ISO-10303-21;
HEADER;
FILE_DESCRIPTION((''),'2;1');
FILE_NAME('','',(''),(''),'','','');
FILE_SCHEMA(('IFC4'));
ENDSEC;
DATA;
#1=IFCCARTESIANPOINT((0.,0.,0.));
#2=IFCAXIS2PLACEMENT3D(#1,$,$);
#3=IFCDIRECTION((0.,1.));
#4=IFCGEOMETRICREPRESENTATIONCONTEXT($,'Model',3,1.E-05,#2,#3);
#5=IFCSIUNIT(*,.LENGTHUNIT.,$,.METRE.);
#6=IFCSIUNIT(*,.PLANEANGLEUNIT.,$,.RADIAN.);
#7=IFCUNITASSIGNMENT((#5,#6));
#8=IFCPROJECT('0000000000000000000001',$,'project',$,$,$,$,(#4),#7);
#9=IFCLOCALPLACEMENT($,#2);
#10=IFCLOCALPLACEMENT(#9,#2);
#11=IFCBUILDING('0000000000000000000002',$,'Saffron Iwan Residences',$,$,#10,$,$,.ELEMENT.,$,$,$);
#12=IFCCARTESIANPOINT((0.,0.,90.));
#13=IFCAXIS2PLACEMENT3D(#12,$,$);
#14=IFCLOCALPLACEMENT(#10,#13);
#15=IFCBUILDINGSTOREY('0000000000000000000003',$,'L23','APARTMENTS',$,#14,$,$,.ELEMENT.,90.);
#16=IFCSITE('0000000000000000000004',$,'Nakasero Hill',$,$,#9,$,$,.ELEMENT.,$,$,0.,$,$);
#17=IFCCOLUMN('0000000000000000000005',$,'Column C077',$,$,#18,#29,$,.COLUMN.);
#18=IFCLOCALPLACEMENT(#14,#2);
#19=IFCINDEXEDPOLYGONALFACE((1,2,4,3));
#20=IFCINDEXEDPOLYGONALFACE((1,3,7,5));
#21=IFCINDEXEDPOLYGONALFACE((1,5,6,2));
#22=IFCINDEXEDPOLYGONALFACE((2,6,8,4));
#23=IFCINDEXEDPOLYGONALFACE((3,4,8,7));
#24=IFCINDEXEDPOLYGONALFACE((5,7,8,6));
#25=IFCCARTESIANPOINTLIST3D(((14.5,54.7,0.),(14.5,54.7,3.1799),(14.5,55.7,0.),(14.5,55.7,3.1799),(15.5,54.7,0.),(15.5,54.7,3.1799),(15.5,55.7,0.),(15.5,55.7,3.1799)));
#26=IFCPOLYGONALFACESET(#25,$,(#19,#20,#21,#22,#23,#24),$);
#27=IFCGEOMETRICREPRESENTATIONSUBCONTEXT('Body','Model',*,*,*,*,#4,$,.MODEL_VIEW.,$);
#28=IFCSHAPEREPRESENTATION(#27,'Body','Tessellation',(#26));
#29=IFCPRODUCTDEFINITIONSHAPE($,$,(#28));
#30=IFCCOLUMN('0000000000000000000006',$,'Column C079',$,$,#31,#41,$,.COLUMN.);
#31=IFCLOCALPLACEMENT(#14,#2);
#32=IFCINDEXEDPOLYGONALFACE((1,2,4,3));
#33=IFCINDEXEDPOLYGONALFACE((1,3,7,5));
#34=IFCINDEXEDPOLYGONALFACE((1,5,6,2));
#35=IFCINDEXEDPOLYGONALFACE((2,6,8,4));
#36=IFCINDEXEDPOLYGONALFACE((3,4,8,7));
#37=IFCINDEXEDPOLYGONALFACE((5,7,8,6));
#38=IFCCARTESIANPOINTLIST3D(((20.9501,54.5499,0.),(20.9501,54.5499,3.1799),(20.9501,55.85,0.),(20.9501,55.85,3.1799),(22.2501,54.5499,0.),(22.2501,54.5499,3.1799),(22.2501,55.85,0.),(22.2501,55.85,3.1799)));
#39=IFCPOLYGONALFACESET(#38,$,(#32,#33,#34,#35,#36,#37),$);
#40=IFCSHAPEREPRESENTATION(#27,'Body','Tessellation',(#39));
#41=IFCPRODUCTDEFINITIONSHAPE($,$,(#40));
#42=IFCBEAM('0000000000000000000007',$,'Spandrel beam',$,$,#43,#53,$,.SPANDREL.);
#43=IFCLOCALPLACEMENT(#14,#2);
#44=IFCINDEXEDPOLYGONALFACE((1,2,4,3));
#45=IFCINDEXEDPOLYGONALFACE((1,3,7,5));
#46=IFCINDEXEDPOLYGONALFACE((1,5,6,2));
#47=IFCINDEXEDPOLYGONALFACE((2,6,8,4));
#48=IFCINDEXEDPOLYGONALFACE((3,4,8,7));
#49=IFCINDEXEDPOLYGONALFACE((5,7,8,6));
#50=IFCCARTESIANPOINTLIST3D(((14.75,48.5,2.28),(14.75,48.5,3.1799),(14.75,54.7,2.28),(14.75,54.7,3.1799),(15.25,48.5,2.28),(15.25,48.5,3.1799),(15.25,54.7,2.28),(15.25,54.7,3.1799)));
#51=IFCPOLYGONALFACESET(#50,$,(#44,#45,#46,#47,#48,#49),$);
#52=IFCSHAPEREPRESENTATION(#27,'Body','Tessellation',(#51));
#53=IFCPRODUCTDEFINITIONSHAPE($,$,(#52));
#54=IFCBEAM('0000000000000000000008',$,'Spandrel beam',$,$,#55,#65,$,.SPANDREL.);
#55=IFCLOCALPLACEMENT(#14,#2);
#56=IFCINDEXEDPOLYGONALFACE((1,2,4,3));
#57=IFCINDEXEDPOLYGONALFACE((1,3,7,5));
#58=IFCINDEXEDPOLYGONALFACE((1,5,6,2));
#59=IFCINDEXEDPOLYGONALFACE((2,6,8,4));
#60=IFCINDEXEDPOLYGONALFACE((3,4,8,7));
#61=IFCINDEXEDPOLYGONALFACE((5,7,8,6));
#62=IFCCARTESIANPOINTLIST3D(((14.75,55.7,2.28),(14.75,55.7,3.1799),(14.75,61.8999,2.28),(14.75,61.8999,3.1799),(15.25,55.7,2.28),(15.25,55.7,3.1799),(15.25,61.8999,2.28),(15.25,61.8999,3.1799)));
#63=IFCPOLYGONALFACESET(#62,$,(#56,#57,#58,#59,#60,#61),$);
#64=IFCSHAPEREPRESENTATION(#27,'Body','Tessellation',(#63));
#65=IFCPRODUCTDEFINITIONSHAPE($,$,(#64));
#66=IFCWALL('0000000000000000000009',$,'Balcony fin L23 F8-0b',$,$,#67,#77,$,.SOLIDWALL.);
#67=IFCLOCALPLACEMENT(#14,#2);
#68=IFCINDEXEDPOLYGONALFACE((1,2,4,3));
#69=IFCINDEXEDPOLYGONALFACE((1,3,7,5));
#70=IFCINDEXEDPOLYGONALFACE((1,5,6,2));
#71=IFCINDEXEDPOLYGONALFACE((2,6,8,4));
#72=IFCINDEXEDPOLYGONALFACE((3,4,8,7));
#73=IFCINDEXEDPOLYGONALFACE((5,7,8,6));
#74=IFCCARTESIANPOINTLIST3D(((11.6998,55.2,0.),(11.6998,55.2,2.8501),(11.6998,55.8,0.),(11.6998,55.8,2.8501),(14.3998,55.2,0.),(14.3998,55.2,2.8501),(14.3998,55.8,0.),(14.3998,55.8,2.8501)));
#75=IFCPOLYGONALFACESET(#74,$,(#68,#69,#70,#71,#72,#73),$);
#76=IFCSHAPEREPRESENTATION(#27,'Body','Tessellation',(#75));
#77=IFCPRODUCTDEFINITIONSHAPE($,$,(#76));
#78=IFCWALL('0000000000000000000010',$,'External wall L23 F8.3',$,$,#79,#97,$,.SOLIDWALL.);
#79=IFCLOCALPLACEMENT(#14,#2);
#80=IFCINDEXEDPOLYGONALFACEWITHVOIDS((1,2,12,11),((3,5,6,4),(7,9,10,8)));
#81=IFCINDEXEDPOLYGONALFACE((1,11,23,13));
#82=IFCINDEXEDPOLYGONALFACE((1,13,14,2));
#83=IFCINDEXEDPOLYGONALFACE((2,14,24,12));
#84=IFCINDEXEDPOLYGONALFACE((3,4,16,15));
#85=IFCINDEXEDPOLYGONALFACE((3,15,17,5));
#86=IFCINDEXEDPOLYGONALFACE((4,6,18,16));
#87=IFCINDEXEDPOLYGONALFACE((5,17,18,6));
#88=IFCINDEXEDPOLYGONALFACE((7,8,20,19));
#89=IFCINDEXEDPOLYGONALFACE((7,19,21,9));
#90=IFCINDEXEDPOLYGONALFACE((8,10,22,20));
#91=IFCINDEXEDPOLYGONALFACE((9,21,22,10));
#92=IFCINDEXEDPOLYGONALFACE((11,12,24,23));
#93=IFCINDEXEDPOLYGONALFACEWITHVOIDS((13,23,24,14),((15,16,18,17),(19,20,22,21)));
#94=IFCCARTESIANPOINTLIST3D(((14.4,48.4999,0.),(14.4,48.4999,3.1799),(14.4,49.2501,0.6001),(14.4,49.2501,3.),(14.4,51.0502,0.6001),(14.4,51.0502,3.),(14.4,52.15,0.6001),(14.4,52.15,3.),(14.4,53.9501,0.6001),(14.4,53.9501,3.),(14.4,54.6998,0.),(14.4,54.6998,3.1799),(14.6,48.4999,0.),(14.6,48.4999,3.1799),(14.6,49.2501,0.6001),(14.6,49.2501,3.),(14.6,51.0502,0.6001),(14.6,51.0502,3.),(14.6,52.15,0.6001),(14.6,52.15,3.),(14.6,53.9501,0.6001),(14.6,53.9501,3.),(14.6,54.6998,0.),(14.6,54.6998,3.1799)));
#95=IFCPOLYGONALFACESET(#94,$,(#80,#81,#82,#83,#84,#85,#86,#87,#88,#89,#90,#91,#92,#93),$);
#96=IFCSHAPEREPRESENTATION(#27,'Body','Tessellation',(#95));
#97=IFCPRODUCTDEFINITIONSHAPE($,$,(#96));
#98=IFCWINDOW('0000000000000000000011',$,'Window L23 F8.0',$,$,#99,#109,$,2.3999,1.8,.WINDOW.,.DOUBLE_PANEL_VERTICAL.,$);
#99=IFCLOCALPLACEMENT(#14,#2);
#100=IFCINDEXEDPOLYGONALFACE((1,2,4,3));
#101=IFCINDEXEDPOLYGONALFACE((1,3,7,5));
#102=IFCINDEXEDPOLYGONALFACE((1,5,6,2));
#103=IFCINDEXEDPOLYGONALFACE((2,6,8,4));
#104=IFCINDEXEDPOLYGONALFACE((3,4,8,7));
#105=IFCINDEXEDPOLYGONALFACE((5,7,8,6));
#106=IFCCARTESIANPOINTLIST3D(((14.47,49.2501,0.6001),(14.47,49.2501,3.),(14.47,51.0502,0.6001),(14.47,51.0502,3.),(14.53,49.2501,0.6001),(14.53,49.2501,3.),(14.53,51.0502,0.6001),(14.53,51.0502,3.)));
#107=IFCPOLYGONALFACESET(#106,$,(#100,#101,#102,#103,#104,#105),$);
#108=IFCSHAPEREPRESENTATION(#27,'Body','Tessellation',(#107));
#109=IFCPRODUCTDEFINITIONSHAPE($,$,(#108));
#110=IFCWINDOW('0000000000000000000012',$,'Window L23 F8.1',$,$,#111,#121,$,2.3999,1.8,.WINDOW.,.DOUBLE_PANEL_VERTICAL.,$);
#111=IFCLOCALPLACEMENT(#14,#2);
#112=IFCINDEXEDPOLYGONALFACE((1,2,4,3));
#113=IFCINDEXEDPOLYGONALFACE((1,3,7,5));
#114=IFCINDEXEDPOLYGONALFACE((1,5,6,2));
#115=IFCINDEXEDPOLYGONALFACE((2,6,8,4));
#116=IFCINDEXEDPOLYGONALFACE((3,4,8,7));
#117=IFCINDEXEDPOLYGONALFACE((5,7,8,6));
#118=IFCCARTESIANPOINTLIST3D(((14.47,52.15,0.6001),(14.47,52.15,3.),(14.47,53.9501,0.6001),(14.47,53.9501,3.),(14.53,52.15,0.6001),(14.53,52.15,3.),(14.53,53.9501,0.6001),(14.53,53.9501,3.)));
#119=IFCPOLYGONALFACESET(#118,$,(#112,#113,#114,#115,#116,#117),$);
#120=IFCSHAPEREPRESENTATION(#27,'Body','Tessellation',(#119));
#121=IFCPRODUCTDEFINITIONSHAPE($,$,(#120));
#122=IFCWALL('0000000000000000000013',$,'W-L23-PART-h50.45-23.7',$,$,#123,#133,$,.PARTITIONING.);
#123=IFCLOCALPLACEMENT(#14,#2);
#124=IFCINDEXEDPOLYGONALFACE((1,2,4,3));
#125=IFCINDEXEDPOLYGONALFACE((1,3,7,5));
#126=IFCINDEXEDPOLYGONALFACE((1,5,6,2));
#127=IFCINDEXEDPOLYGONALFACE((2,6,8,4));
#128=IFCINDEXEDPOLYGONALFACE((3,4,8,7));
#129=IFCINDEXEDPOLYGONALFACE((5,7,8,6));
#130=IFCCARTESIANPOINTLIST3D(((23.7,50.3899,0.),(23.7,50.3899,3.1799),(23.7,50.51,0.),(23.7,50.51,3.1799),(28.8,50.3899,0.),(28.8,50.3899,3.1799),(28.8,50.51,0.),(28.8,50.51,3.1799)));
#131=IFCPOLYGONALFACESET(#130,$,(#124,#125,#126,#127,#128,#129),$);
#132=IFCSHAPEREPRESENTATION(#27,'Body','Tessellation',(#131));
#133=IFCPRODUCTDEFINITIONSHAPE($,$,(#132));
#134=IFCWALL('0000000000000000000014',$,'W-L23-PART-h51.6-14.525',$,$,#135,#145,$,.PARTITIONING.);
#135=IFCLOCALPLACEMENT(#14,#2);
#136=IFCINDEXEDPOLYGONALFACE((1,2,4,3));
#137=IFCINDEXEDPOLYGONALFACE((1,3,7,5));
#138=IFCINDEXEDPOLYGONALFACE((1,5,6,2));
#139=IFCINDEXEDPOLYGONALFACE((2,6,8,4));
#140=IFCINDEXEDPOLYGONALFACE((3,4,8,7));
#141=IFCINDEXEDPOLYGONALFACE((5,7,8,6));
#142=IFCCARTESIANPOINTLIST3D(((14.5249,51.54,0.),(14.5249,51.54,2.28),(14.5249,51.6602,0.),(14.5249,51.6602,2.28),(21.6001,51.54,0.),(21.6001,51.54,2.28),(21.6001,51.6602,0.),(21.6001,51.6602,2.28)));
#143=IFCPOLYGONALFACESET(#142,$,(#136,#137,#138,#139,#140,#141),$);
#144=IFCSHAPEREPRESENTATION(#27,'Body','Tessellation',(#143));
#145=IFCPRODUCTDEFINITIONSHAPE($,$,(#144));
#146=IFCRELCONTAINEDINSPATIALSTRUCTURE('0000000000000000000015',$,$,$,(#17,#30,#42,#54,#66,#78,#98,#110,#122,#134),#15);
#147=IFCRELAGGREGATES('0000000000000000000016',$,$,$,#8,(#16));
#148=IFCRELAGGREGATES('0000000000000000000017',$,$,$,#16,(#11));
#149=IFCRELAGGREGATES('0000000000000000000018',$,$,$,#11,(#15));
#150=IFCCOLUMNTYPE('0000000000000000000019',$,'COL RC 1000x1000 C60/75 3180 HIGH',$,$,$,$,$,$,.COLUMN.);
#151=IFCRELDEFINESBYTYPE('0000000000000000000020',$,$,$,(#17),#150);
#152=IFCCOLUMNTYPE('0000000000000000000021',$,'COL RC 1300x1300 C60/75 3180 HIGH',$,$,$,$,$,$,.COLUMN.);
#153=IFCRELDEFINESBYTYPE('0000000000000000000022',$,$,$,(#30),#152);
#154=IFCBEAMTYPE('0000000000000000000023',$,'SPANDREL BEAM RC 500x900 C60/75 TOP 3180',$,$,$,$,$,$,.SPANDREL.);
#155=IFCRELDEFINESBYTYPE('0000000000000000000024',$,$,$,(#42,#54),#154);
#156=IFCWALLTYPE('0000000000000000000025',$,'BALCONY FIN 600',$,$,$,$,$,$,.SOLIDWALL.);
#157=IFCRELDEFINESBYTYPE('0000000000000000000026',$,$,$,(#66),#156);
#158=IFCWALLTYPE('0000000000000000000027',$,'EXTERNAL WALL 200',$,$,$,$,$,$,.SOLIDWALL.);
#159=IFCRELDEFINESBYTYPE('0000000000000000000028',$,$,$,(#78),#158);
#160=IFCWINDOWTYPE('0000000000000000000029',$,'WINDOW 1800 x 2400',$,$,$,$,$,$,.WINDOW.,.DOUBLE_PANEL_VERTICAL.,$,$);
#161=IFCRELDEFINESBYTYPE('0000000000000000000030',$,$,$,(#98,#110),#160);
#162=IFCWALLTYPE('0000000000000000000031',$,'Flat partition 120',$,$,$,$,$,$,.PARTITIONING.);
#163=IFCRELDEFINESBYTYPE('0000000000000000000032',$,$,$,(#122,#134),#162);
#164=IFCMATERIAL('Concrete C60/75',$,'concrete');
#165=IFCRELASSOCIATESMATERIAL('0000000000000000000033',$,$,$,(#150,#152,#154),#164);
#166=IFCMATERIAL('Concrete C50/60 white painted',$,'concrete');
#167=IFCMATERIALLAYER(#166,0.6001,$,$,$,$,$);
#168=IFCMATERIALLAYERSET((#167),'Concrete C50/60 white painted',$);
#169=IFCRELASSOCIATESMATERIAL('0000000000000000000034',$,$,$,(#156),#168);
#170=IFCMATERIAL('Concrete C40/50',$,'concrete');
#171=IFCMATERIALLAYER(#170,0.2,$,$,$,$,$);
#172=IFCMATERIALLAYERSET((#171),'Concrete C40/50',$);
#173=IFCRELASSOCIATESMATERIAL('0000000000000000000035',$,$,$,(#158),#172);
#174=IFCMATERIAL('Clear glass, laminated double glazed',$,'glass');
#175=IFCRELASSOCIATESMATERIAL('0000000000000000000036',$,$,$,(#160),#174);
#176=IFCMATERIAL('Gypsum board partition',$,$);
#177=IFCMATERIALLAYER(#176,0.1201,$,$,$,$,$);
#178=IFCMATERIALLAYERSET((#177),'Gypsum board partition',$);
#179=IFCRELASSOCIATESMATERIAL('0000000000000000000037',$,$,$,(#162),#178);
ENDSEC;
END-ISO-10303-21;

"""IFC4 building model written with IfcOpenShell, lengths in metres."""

from ifc_helpers import new_model, si_unit, direction, frame, frame_2d, origin, origin_2d, place, context, subcontext, project, spatial, rectangle, extrude, source, transform, mapped, material, layer, layer_set, material_profile, profile_set, type_object, element, fill, save


model = new_model("IFC4")

# Units and contexts
model_context = context("Model", 3, precision=1e-05, world=origin(), true_north=direction((0.0, 1.0)))
body_context = subcontext(model_context, "Body", "Model", "MODEL_VIEW")
ifc_project = project(units=[si_unit("LENGTHUNIT", "METRE"), si_unit("PLANEANGLEUNIT", "RADIAN")], contexts=[model_context])

# Site, building, storey
site_placement = place(None, origin())
site = spatial("IfcSite", under=ifc_project, at=site_placement, Name="Nakasero Hill", CompositionType="ELEMENT", RefElevation=0.0)
building_placement = place(site_placement, origin())
building = spatial("IfcBuilding", under=site, at=building_placement, Name="Saffron Iwan Residences", CompositionType="ELEMENT")
storey_placement = place(building_placement, frame((0.0, 0.0, 90.0)))
storey = spatial("IfcBuildingStorey", under=building, at=storey_placement, Name="L23", Description="APARTMENTS", CompositionType="ELEMENT", Elevation=90.0)

# Columns
ifc_material_1 = material(Name="Concrete C60/75", Category="concrete")
ifc_material_profile_1 = material_profile(ifc_material_1, rectangle(XDim=1.0, YDim=1.0, at=origin_2d()), Name="RC 1000x1000")
ifc_profile_set_1 = profile_set([ifc_material_profile_1], Name="Concrete C60/75")
column_type_1 = type_object("IfcColumnType", Name="COL RC 1000x1000 C60/75 3180 HIGH", PredefinedType="COLUMN", material=ifc_profile_set_1)
shared_shape_1 = source(origin(), body_context, "Body", "SweptSolid", [
    extrude(rectangle(XDim=1.0, YDim=1.0, at=origin_2d()), origin(), (0.0, 0.0, 1.0), 3.1799),
])
column_1_placement = place(storey_placement, frame((15.0, 55.2, 0.0), z_axis=(0.0, 0.0, 1.0), x_axis=(1.0, 0.0, 0.0)))
element("IfcColumn", 1, at=column_1_placement, inside=storey, type_object=column_type_1, Name="Column C077", PredefinedType="COLUMN", context=body_context, shape_type="MappedRepresentation", body=[
    mapped(shared_shape_1, transform((0.0, 0.0, 0.0))),
])
ifc_material_profile_2 = material_profile(ifc_material_1, rectangle(XDim=1.3, YDim=1.3, at=origin_2d()), Name="RC 1300x1300")
ifc_profile_set_2 = profile_set([ifc_material_profile_2], Name="Concrete C60/75")
column_type_2 = type_object("IfcColumnType", Name="COL RC 1300x1300 C60/75 3180 HIGH", PredefinedType="COLUMN", material=ifc_profile_set_2)
shared_shape_2 = source(origin(), body_context, "Body", "SweptSolid", [
    extrude(rectangle(XDim=1.3, YDim=1.3, at=origin_2d()), origin(), (0.0, 0.0, 1.0), 3.1799),
])
column_2_placement = place(storey_placement, frame((21.6001, 55.2, 0.0), z_axis=(0.0, 0.0, 1.0), x_axis=(1.0, 0.0, 0.0)))
element("IfcColumn", 2, at=column_2_placement, inside=storey, type_object=column_type_2, Name="Column C079", PredefinedType="COLUMN", context=body_context, shape_type="MappedRepresentation", body=[
    mapped(shared_shape_2, transform((0.0, 0.0, 0.0))),
])

# Beams
ifc_material_profile_3 = material_profile(ifc_material_1, rectangle(XDim=0.5, YDim=0.8999, at=origin_2d()), Name="RC 500x900")
ifc_profile_set_3 = profile_set([ifc_material_profile_3], Name="Concrete C60/75")
beam_type = type_object("IfcBeamType", Name="SPANDREL BEAM RC 500x900 C60/75 TOP 3180", PredefinedType="SPANDREL", material=ifc_profile_set_3)
shared_shape_3 = source(origin(), body_context, "Body", "SweptSolid", [
    extrude(rectangle(XDim=0.5, YDim=0.8999, at=origin_2d()), origin(), (0.0, 0.0, 1.0), 6.2),
])
for number, where, z_axis, x_axis, name in (
    (3, (15.0, 48.5, 2.73), (0.0, 1.0, 0.0), (-1.0, 0.0, 0.0), "Spandrel beam"),
    (4, (15.0, 55.7, 2.73), (0.0, 1.0, 0.0), (-1.0, 0.0, 0.0), "Spandrel beam"),
):
    element("IfcBeam", number, at=place(storey_placement, frame(where, z_axis=z_axis, x_axis=x_axis)), inside=storey, type_object=beam_type, Name=name, PredefinedType="SPANDREL", context=body_context, shape_type="MappedRepresentation", body=[
        mapped(shared_shape_3, transform((0.0, 0.0, 0.0))),
    ])

# Wall
ifc_material_2 = material(Name="Concrete C50/60 white painted", Category="concrete")
ifc_layer_1 = layer(ifc_material_2, 0.6001)
ifc_layer_set_1 = layer_set([ifc_layer_1], Name="Concrete C50/60 white painted")
wall_type_1 = type_object("IfcWallType", Name="BALCONY FIN 600", PredefinedType="SOLIDWALL", material=ifc_layer_set_1)
wall_1_placement = place(storey_placement, frame((14.3999, 55.5, 0.0), z_axis=(0.0, 0.0, 1.0), x_axis=(-1.0, 0.0, 0.0)))
element("IfcWall", 5, at=wall_1_placement, inside=storey, type_object=wall_type_1, Name="Balcony fin L23 F8-0b", PredefinedType="SOLIDWALL", context=body_context, shape_type="SweptSolid", body=[
    extrude(rectangle(XDim=2.7, YDim=0.6001, at=frame_2d((1.3501, 0.0))), origin(), (0.0, 0.0, 1.0), 2.8501),
])

# Wall, openings, windows
ifc_material_3 = material(Name="Concrete C40/50", Category="concrete")
ifc_layer_2 = layer(ifc_material_3, 0.2)
ifc_layer_set_2 = layer_set([ifc_layer_2], Name="Concrete C40/50")
wall_type_2 = type_object("IfcWallType", Name="EXTERNAL WALL 200", PredefinedType="SOLIDWALL", material=ifc_layer_set_2)
wall_2_placement = place(storey_placement, frame((14.5, 54.7, 0.0), z_axis=(0.0, 0.0, 1.0), x_axis=(0.0, -1.0, 0.0)))
wall_2 = element("IfcWall", 6, at=wall_2_placement, inside=storey, type_object=wall_type_2, Name="External wall L23 F8.3", PredefinedType="SOLIDWALL", context=body_context, shape_type="SweptSolid", body=[
    extrude(rectangle(XDim=6.2, YDim=0.2, at=frame_2d((3.1001, 0.0))), origin(), (0.0, 0.0, 1.0), 3.1799),
])
opening_1_placement = place(wall_2_placement, frame((3.6499, 0.0, 0.6001)))
opening_1 = element("IfcOpeningElement", 7, at=opening_1_placement, cuts=wall_2, PredefinedType="OPENING", context=body_context, shape_type="SweptSolid", body=[
    extrude(rectangle(XDim=1.8, YDim=2.3999, at=frame_2d((0.8999, 1.2))), frame((0.0, 0.1099, 0.0), z_axis=(0.0, -1.0, 0.0), x_axis=(1.0, 0.0, 0.0)), (0.0, 0.0, 1.0), 0.22),
])
opening_2_placement = place(wall_2_placement, frame((0.75, 0.0, 0.6001)))
opening_2 = element("IfcOpeningElement", 8, at=opening_2_placement, cuts=wall_2, PredefinedType="OPENING", context=body_context, shape_type="SweptSolid", body=[
    extrude(rectangle(XDim=1.8, YDim=2.3999, at=frame_2d((0.8999, 1.2))), frame((0.0, 0.1099, 0.0), z_axis=(0.0, -1.0, 0.0), x_axis=(1.0, 0.0, 0.0)), (0.0, 0.0, 1.0), 0.22),
])
ifc_material_4 = material(Name="Clear glass, laminated double glazed", Category="glass")
window_type = type_object("IfcWindowType", Name="WINDOW 1800 x 2400", PartitioningType="DOUBLE_PANEL_VERTICAL", PredefinedType="WINDOW", material=ifc_material_4)
window_1_placement = place(opening_1_placement, origin())
window_1 = element("IfcWindow", 9, at=window_1_placement, inside=storey, type_object=window_type, Name="Window L23 F8.0", OverallHeight=2.3999, OverallWidth=1.8, PartitioningType="DOUBLE_PANEL_VERTICAL", PredefinedType="WINDOW", context=body_context, shape_type="SweptSolid", body=[
    extrude(rectangle(XDim=1.8, YDim=2.3999, at=frame_2d((0.8999, 1.2))), frame((0.0, 0.03, 0.0), z_axis=(0.0, -1.0, 0.0), x_axis=(1.0, 0.0, 0.0)), (0.0, 0.0, 1.0), 0.0601),
])
fill(opening_1, window_1)
window_2_placement = place(opening_2_placement, origin())
window_2 = element("IfcWindow", 10, at=window_2_placement, inside=storey, type_object=window_type, Name="Window L23 F8.1", OverallHeight=2.3999, OverallWidth=1.8, PartitioningType="DOUBLE_PANEL_VERTICAL", PredefinedType="WINDOW", context=body_context, shape_type="SweptSolid", body=[
    extrude(rectangle(XDim=1.8, YDim=2.3999, at=frame_2d((0.8999, 1.2))), frame((0.0, 0.03, 0.0), z_axis=(0.0, -1.0, 0.0), x_axis=(1.0, 0.0, 0.0)), (0.0, 0.0, 1.0), 0.0601),
])
fill(opening_2, window_2)

# Walls
ifc_material_5 = material(Name="Gypsum board partition")
ifc_layer_3 = layer(ifc_material_5, 0.1201)
ifc_layer_set_3 = layer_set([ifc_layer_3], Name="Gypsum board partition")
wall_type_3 = type_object("IfcWallType", Name="Flat partition 120", PredefinedType="PARTITIONING", material=ifc_layer_set_3)
wall_3_placement = place(storey_placement, frame((23.7, 50.45, 0.0), z_axis=(0.0, 0.0, 1.0), x_axis=(1.0, 0.0, 0.0)))
element("IfcWall", 11, at=wall_3_placement, inside=storey, type_object=wall_type_3, Name="W-L23-PART-h50.45-23.7", PredefinedType="PARTITIONING", context=body_context, shape_type="SweptSolid", body=[
    extrude(rectangle(XDim=5.1001, YDim=0.1201, at=frame_2d((2.55, 0.0))), origin(), (0.0, 0.0, 1.0), 3.1799),
])
wall_4_placement = place(storey_placement, frame((14.5249, 51.6001, 0.0), z_axis=(0.0, 0.0, 1.0), x_axis=(1.0, 0.0, 0.0)))
element("IfcWall", 12, at=wall_4_placement, inside=storey, type_object=wall_type_3, Name="W-L23-PART-h51.6-14.525", PredefinedType="PARTITIONING", context=body_context, shape_type="SweptSolid", body=[
    extrude(rectangle(XDim=7.0752, YDim=0.1201, at=frame_2d((3.5376, 0.0))), origin(), (0.0, 0.0, 1.0), 2.28),
])

save(model, "model.ifc")
